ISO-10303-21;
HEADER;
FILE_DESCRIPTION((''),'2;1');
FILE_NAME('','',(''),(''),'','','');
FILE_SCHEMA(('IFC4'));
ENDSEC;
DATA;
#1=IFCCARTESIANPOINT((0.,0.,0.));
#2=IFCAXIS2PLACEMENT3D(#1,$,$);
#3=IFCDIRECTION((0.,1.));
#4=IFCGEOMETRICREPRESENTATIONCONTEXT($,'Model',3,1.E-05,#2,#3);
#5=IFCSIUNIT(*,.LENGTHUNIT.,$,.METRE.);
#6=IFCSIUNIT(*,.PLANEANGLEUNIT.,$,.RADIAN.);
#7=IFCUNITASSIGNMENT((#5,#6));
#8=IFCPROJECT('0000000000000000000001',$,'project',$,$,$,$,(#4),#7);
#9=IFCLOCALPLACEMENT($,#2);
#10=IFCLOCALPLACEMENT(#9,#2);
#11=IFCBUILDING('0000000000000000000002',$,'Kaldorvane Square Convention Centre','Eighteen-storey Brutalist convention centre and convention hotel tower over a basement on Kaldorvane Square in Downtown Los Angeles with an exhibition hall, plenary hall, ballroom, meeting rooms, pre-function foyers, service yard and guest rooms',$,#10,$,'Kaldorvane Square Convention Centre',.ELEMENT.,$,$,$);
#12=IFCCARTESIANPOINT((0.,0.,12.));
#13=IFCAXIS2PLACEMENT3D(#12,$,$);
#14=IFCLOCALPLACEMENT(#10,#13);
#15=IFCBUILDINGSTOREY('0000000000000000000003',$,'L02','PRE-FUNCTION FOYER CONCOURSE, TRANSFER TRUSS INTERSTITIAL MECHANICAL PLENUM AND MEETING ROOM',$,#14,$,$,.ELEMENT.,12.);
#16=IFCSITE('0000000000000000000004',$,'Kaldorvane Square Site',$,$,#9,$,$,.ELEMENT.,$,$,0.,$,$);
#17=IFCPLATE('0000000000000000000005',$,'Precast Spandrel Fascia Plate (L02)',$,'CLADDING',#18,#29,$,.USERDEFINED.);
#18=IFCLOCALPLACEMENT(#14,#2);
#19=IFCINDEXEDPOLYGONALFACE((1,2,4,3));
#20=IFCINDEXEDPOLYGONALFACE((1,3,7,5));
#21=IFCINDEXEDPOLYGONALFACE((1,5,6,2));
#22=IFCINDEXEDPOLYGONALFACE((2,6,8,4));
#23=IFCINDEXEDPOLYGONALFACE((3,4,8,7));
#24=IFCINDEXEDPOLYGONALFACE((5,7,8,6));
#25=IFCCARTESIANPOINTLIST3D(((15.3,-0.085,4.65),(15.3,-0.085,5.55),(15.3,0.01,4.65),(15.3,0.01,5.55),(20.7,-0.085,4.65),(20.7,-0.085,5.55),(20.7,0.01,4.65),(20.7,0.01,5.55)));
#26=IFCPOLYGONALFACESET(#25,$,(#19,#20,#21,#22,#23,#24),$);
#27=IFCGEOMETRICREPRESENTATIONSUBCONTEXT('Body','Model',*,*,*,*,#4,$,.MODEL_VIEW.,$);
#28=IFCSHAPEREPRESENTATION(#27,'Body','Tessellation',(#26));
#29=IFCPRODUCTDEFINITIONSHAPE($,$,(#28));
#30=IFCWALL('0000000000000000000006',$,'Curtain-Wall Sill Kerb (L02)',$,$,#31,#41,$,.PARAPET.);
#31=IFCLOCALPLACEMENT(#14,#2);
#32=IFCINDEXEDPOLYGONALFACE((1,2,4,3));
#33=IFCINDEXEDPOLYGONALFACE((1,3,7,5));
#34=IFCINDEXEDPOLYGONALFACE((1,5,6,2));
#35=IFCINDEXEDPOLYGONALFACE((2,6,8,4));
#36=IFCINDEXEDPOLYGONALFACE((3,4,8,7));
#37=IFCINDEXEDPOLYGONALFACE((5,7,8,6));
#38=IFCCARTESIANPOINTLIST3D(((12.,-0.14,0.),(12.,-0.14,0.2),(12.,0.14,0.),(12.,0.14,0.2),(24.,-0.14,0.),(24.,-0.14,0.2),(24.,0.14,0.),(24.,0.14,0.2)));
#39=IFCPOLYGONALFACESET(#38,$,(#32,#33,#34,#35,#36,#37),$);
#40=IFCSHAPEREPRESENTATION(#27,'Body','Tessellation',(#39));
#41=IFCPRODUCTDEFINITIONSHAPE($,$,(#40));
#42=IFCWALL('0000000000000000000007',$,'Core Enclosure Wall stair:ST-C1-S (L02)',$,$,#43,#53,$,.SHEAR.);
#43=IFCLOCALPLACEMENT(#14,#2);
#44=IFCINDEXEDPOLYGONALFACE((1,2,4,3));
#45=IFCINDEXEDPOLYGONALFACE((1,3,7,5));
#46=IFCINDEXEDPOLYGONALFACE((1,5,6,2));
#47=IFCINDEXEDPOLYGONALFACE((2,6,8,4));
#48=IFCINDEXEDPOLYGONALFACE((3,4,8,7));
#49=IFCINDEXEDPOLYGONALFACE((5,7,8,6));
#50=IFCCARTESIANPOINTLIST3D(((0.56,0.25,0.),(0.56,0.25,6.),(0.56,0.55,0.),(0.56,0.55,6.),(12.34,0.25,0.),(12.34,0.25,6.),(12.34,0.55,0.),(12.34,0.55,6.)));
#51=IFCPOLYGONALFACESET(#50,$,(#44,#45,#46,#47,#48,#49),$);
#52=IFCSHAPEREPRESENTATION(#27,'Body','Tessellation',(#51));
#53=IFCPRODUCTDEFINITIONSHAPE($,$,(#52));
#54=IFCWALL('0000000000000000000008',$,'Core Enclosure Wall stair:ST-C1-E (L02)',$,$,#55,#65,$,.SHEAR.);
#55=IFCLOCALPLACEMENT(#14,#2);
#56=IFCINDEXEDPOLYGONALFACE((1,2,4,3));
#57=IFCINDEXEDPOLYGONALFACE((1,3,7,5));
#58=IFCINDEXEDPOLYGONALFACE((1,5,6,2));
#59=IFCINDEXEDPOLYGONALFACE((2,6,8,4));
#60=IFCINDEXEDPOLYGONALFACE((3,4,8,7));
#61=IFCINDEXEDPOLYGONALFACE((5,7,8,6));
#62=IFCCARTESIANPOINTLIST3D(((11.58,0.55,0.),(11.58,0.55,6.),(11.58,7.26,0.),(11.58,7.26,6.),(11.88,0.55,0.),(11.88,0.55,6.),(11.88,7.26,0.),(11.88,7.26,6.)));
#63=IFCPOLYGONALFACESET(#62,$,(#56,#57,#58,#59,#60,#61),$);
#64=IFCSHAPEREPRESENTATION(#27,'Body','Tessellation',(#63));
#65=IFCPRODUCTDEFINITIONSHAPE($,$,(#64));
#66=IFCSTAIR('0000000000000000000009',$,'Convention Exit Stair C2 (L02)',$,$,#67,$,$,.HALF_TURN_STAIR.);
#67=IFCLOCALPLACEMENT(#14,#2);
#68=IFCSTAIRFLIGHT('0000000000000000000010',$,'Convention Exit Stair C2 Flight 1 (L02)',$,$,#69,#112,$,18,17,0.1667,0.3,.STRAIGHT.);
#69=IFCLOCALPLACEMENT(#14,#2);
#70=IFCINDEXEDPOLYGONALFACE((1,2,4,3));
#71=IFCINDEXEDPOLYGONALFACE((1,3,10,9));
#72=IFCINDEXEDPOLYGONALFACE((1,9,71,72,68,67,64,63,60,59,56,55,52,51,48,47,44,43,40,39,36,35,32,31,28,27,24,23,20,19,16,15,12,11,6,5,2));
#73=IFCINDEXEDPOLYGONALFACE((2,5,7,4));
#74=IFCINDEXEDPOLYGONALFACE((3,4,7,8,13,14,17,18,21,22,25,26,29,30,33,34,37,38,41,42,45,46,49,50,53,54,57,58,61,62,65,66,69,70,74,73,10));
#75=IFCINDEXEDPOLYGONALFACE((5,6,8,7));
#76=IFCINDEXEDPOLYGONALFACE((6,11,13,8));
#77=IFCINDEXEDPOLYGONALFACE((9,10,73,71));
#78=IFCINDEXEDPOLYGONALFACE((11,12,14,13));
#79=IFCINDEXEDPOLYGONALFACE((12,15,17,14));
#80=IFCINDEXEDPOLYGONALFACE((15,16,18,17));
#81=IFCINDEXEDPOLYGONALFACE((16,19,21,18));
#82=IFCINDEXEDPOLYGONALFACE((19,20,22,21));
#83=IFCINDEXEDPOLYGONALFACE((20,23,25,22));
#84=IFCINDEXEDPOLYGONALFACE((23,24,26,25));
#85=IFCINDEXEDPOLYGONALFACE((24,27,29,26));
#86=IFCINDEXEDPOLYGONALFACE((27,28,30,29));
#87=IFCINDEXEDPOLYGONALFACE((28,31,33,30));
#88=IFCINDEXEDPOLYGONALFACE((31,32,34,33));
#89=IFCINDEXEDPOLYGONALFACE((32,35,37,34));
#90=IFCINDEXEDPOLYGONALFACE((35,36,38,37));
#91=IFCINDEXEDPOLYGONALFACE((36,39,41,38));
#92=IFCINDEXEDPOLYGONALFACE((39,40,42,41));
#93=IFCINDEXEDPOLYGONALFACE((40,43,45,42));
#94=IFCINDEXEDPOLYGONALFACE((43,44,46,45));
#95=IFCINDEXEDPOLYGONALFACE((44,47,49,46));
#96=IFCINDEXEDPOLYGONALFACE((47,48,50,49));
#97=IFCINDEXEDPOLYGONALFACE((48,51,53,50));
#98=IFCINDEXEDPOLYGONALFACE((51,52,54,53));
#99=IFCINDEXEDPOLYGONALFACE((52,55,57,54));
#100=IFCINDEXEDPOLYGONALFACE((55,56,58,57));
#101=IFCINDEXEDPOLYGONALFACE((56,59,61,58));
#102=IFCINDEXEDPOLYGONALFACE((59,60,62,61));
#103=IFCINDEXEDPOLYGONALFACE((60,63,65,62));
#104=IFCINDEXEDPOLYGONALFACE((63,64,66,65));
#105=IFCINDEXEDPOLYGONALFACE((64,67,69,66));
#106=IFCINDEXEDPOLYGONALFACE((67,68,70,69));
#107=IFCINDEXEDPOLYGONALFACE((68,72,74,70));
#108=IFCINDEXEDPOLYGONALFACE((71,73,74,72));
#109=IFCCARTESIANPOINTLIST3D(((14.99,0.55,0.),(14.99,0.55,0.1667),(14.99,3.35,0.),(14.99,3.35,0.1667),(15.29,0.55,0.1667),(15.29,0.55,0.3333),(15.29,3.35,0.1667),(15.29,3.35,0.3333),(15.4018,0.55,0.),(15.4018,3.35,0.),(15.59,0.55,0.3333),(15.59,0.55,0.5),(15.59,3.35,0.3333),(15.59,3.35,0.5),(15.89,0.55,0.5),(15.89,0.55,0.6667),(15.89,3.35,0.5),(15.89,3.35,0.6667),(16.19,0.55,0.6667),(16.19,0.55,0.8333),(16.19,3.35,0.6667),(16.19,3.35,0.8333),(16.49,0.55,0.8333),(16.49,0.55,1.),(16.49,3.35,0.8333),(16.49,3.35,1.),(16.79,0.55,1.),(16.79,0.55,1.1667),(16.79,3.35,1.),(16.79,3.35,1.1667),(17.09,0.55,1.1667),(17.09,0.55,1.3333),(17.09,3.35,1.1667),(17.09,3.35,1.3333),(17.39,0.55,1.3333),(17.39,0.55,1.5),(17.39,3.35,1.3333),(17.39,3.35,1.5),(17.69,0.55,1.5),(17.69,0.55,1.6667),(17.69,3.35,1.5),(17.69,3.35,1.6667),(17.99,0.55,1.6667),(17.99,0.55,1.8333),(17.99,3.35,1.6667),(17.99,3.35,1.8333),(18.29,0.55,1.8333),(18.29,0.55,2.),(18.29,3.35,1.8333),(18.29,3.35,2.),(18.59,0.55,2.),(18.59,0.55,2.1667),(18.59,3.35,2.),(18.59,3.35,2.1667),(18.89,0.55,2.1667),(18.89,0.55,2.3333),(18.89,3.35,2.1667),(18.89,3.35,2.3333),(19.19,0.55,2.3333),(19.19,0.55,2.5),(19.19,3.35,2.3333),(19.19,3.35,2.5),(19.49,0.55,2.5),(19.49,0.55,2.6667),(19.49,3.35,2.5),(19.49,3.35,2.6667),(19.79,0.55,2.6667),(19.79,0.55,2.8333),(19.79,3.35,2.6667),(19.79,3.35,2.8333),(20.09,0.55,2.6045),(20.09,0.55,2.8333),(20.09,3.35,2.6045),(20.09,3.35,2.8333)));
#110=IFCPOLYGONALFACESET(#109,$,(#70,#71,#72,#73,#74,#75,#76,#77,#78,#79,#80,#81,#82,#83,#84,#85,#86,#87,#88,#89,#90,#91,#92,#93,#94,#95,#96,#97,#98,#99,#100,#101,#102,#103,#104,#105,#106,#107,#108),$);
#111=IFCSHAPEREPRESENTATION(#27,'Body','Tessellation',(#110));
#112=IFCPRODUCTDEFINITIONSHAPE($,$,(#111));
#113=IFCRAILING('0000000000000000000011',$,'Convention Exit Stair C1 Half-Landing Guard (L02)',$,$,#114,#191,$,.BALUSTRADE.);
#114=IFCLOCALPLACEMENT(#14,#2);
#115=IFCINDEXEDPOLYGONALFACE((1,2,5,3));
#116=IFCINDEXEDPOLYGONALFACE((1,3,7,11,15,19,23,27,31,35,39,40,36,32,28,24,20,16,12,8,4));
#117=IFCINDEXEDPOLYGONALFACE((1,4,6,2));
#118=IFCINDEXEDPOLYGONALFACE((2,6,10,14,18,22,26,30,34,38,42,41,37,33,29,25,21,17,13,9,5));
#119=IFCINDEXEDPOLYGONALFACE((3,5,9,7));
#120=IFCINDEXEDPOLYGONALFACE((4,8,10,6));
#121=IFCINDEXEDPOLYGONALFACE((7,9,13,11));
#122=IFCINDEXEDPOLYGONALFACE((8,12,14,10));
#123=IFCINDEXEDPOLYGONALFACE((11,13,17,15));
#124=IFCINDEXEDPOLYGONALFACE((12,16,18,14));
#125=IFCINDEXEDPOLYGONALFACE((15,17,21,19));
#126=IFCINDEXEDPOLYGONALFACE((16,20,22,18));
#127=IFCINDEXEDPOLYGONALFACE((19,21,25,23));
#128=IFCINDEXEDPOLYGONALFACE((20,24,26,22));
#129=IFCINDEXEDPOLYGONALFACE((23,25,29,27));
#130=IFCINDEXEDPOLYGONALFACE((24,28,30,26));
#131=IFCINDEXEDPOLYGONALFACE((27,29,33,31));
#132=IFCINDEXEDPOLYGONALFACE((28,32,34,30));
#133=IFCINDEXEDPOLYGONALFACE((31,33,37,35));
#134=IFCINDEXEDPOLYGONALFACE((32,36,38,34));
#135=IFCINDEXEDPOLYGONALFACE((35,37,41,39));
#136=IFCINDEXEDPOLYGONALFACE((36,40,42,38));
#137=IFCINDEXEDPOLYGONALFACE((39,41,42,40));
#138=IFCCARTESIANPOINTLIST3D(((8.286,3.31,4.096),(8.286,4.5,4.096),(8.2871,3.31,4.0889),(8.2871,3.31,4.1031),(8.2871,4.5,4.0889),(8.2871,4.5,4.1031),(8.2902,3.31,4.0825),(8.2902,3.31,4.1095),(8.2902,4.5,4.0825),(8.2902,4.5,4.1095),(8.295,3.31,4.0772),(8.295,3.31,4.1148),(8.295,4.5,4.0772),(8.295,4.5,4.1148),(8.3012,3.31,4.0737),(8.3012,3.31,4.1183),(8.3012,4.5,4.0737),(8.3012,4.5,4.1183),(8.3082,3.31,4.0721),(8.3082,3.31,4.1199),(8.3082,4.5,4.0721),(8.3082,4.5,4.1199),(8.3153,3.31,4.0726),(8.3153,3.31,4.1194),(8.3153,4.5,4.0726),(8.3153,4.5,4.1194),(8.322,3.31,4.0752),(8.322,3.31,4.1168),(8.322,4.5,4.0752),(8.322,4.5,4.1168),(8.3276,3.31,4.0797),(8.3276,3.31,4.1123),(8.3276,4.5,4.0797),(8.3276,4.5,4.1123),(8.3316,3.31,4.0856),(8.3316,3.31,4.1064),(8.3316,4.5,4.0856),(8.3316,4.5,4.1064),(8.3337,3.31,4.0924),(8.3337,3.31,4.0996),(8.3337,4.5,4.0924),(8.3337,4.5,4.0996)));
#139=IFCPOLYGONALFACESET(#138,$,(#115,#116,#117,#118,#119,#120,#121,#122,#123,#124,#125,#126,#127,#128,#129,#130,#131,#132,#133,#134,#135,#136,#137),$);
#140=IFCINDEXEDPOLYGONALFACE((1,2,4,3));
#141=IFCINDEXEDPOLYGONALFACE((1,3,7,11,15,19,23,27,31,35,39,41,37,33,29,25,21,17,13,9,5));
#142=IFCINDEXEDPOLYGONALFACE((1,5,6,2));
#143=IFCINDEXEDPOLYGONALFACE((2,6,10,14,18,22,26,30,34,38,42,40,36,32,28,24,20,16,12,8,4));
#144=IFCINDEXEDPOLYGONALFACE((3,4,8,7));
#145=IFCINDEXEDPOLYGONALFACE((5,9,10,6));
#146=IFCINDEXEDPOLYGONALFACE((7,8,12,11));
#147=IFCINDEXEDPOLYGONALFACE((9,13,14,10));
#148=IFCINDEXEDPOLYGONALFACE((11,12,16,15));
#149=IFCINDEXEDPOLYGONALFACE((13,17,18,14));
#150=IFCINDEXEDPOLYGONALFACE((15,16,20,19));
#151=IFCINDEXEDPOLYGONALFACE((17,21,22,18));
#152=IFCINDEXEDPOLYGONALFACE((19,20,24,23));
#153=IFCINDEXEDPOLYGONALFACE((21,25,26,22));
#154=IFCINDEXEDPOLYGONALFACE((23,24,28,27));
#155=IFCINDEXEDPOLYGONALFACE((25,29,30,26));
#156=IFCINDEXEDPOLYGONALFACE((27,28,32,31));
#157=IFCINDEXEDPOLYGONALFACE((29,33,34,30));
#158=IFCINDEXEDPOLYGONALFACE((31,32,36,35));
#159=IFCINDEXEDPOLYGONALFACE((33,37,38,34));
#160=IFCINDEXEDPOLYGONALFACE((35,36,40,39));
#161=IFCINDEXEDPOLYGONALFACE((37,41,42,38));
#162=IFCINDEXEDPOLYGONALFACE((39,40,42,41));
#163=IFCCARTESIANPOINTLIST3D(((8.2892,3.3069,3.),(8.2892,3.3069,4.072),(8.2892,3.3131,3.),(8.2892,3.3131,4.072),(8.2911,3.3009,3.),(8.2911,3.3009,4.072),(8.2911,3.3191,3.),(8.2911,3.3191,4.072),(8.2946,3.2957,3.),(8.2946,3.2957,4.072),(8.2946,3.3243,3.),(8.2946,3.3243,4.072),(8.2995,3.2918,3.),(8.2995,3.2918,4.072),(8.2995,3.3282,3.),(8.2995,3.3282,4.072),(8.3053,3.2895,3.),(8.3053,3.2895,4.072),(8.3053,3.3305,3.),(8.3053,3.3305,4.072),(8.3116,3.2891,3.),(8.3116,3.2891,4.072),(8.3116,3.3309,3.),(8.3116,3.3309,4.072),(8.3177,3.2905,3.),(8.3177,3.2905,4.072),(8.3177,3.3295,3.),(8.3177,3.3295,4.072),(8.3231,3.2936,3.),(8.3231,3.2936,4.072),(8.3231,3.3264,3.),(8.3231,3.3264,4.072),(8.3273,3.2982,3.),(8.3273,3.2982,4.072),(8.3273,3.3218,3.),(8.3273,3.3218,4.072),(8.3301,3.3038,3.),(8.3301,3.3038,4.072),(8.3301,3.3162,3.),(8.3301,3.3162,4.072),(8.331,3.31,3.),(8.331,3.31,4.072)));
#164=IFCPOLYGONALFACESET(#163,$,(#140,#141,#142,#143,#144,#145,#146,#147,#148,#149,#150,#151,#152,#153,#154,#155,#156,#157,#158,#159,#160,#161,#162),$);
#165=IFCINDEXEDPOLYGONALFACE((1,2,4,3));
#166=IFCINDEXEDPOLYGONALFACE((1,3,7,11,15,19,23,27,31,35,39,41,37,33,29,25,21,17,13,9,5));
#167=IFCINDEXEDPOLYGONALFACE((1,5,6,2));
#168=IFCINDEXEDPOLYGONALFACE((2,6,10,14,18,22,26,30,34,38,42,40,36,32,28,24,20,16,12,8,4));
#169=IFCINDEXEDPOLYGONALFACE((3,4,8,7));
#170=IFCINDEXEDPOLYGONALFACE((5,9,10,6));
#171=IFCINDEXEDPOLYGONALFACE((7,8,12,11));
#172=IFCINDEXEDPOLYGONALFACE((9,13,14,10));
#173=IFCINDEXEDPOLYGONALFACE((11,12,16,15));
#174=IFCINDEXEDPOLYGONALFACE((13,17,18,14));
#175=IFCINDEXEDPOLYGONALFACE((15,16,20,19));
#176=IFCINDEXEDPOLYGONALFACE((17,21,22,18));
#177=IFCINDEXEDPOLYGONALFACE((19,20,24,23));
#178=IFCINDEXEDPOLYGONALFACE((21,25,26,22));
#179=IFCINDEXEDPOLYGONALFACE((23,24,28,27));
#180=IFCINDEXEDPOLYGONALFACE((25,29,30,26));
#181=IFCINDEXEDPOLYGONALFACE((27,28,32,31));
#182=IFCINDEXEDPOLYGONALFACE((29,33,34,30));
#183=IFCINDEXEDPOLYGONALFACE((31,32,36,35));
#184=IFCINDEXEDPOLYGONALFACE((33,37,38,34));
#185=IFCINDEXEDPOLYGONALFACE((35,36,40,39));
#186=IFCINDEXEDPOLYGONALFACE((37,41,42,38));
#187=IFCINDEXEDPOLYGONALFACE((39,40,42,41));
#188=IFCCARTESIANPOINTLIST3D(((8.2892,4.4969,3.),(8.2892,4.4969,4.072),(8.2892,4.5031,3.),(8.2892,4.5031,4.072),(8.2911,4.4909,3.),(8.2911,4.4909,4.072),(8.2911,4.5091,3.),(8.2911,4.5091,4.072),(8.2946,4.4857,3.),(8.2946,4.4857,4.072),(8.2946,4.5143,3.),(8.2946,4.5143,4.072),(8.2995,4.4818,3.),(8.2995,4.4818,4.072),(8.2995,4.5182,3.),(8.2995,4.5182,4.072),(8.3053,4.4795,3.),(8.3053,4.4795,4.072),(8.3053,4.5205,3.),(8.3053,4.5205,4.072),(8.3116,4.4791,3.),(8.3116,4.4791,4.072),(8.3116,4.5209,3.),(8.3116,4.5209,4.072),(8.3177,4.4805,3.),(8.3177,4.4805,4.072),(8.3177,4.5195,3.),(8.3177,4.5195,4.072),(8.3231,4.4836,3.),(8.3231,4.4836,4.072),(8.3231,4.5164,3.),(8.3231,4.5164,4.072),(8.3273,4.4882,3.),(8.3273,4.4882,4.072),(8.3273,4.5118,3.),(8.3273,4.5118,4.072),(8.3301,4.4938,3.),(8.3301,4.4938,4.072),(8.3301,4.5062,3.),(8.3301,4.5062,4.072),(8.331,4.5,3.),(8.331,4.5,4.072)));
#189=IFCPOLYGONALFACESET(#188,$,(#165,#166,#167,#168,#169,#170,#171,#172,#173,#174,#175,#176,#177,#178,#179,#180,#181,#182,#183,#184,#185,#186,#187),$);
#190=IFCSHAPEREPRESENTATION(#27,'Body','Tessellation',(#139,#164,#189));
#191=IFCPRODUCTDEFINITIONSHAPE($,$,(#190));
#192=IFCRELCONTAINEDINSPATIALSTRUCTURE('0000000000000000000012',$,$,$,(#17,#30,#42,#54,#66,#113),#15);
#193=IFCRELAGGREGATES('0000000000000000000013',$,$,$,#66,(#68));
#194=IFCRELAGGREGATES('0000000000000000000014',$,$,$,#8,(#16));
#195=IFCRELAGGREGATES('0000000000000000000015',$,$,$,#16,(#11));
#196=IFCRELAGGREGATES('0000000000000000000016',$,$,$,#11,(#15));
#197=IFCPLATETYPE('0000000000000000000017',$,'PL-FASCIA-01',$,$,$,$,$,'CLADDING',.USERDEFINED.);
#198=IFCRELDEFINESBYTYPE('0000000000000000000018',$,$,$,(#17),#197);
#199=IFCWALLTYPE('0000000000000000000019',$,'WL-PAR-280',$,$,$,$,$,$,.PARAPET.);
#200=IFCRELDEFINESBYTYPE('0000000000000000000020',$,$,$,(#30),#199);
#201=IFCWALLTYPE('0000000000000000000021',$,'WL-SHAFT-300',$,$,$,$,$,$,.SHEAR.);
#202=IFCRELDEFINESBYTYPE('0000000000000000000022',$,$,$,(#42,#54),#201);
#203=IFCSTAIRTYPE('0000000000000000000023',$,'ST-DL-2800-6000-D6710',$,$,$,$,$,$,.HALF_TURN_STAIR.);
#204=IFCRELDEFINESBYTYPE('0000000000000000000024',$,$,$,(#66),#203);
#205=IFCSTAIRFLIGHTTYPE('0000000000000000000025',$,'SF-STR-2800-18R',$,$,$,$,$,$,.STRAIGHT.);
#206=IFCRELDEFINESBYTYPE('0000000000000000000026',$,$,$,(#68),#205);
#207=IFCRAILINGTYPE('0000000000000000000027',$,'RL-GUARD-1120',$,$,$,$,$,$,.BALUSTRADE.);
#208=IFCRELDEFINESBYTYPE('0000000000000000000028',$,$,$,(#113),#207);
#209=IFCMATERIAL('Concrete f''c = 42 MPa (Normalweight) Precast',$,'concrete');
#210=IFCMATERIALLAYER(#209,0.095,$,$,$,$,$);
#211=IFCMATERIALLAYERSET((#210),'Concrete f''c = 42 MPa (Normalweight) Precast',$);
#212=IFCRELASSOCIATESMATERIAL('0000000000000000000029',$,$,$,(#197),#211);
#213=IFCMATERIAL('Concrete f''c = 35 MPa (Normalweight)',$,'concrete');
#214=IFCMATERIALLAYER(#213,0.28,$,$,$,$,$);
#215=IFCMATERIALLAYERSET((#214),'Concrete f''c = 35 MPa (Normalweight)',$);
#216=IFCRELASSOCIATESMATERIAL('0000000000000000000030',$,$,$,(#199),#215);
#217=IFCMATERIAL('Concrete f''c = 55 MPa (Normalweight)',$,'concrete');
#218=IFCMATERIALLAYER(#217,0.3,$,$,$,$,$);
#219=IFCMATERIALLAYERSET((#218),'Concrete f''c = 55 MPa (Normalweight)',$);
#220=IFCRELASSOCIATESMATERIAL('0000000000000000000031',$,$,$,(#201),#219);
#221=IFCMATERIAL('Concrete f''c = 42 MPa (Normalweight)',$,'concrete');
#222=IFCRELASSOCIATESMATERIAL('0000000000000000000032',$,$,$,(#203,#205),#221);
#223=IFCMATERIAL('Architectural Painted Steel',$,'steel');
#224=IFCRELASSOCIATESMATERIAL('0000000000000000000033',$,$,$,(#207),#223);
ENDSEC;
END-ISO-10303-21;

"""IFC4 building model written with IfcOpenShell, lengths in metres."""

from ifc_helpers import new_model, si_unit, direction, frame, frame_2d, origin, origin_2d, place, context, subcontext, project, spatial, polyline, rectangle, circle, outline, extrude, material, layer, layer_set, type_object, element, aggregate, save


model = new_model("IFC4")

# Units and contexts
model_context = context("Model", 3, precision=1e-05, world=origin(), true_north=direction((0.0, 1.0)))
body_context = subcontext(model_context, "Body", "Model", "MODEL_VIEW")
ifc_project = project(units=[si_unit("LENGTHUNIT", "METRE"), si_unit("PLANEANGLEUNIT", "RADIAN")], contexts=[model_context])

# Site, building, storey
site_placement = place(None, origin())
site = spatial("IfcSite", under=ifc_project, at=site_placement, Name="Kaldorvane Square Site", CompositionType="ELEMENT", RefElevation=0.0)
building_placement = place(site_placement, origin())
building = spatial("IfcBuilding", under=site, at=building_placement, Name="Kaldorvane Square Convention Centre", Description="Eighteen-storey Brutalist convention centre and convention hotel tower over a basement on Kaldorvane Square in Downtown Los Angeles with an exhibition hall, plenary hall, ballroom, meeting rooms, pre-function foyers, service yard and guest rooms", LongName="Kaldorvane Square Convention Centre", CompositionType="ELEMENT")
storey_placement = place(building_placement, frame((0.0, 0.0, 12.0)))
storey = spatial("IfcBuildingStorey", under=building, at=storey_placement, Name="L02", Description="PRE-FUNCTION FOYER CONCOURSE, TRANSFER TRUSS INTERSTITIAL MECHANICAL PLENUM AND MEETING ROOM", CompositionType="ELEMENT", Elevation=12.0)

# Shared definitions
ifc_material_1 = material(Name="Concrete f'c = 55 MPa (Normalweight)", Category="concrete")

# Shared definitions
ifc_material_2 = material(Name="Concrete f'c = 42 MPa (Normalweight)", Category="concrete")

# Plate
ifc_material_3 = material(Name="Concrete f'c = 42 MPa (Normalweight) Precast", Category="concrete")
ifc_layer_1 = layer(ifc_material_3, 0.095)
ifc_layer_set_1 = layer_set([ifc_layer_1], Name="Concrete f'c = 42 MPa (Normalweight) Precast")
plate_type_1 = type_object("IfcPlateType", Name="PL-FASCIA-01", ElementType="CLADDING", PredefinedType="USERDEFINED", material=ifc_layer_set_1)
plate_1_placement = place(storey_placement, frame((18.0, -0.0375, 4.65), z_axis=(0.0, 0.0, 1.0), x_axis=(1.0, 0.0, 0.0)))
element("IfcPlate", 1, at=plate_1_placement, inside=storey, type_object=plate_type_1, Name="Precast Spandrel Fascia Plate (L02)", ObjectType="CLADDING", PredefinedType="USERDEFINED", context=body_context, shape_type="SweptSolid", body=[
    extrude(rectangle(XDim=5.4, YDim=0.095, at=origin_2d()), origin(), (0.0, 0.0, 1.0), 0.9),
])

# Walls
ifc_material_4 = material(Name="Concrete f'c = 35 MPa (Normalweight)", Category="concrete")
ifc_layer_2 = layer(ifc_material_4, 0.28)
ifc_layer_set_2 = layer_set([ifc_layer_2], Name="Concrete f'c = 35 MPa (Normalweight)")
wall_type_1 = type_object("IfcWallType", Name="WL-PAR-280", PredefinedType="PARAPET", material=ifc_layer_set_2)
wall_1_placement = place(storey_placement, frame((12.0, 0.0, 0.0), z_axis=(0.0, 0.0, 1.0), x_axis=(1.0, 0.0, 0.0)))
element("IfcWall", 2, at=wall_1_placement, inside=storey, type_object=wall_type_1, Name="Curtain-Wall Sill Kerb (L02)", PredefinedType="PARAPET", context=body_context, shape_type="SweptSolid", body=[
    extrude(rectangle(XDim=12.0, YDim=0.28, at=frame_2d((6.0, 0.0))), origin(), (0.0, 0.0, 1.0), 0.2),
])
ifc_layer_3 = layer(ifc_material_1, 0.3)
ifc_layer_set_3 = layer_set([ifc_layer_3], Name="Concrete f'c = 55 MPa (Normalweight)")
wall_type_2 = type_object("IfcWallType", Name="WL-SHAFT-300", PredefinedType="SHEAR", material=ifc_layer_set_3)
wall_2_placement = place(storey_placement, frame((12.34, 0.4, 0.0), z_axis=(0.0, 0.0, 1.0), x_axis=(-1.0, 0.0, 0.0)))
element("IfcWall", 3, at=wall_2_placement, inside=storey, type_object=wall_type_2, Name="Core Enclosure Wall stair:ST-C1-S (L02)", PredefinedType="SHEAR", context=body_context, shape_type="SweptSolid", body=[
    extrude(rectangle(XDim=11.78, YDim=0.3, at=frame_2d((5.89, 0.0))), origin(), (0.0, 0.0, 1.0), 6.0),
])
wall_3_placement = place(storey_placement, frame((11.73, 0.55, 0.0), z_axis=(0.0, 0.0, 1.0), x_axis=(0.0, 1.0, 0.0)))
element("IfcWall", 4, at=wall_3_placement, inside=storey, type_object=wall_type_2, Name="Core Enclosure Wall stair:ST-C1-E (L02)", PredefinedType="SHEAR", context=body_context, shape_type="SweptSolid", body=[
    extrude(rectangle(XDim=6.71, YDim=0.3, at=frame_2d((3.355, 0.0))), origin(), (0.0, 0.0, 1.0), 6.0),
])

# Stair, stair flight
stair_type = type_object("IfcStairType", Name="ST-DL-2800-6000-D6710", PredefinedType="HALF_TURN_STAIR", material=ifc_material_2)
stair_placement = place(storey_placement, origin())
stair = element("IfcStair", 5, at=stair_placement, inside=storey, type_object=stair_type, Name="Convention Exit Stair C2 (L02)", PredefinedType="HALF_TURN_STAIR")
stair_flight_type = type_object("IfcStairFlightType", Name="SF-STR-2800-18R", PredefinedType="STRAIGHT", material=ifc_material_2)
stair_flight_placement = place(storey_placement, frame((14.99, 1.95, 0.0), z_axis=(0.0, 0.0, 1.0), x_axis=(1.0, 0.0, 0.0)))
stair_flight = element("IfcStairFlight", 6, at=stair_flight_placement, type_object=stair_flight_type, Name="Convention Exit Stair C2 Flight 1 (L02)", NumberOfRisers=18, NumberOfTreads=17, PredefinedType="STRAIGHT", RiserHeight=0.1667, TreadLength=0.3, context=body_context, shape_type="SweptSolid", body=[
    extrude(outline(polyline([(0.0, 0.0), (0.0, 0.1667), (0.3, 0.1667), (0.3, 0.3333), (0.6, 0.3333), (0.6, 0.5), (0.9, 0.5), (0.9, 0.6667), (1.2, 0.6667), (1.2, 0.8333), (1.5, 0.8333), (1.5, 1.0), (1.8, 1.0), (1.8, 1.1667), (2.1, 1.1667), (2.1, 1.3333), (2.4, 1.3333), (2.4, 1.5), (2.7, 1.5), (2.7, 1.6667), (3.0, 1.6667), (3.0, 1.8333), (3.3, 1.8333), (3.3, 2.0), (3.6, 2.0), (3.6, 2.1667), (3.9, 2.1667), (3.9, 2.3333), (4.2, 2.3333), (4.2, 2.5), (4.5, 2.5), (4.5, 2.6667), (4.8, 2.6667), (4.8, 2.8333), (5.1, 2.8333), (5.1, 3.0), (5.1, 2.6045), (0.4118, 0.0), (0.0, 0.0)])), frame((0.0, 1.4, 0.0), z_axis=(0.0, -1.0, 0.0), x_axis=(1.0, 0.0, 0.0)), (0.0, 0.0, 1.0), 2.8),
])
aggregate(stair, [stair_flight])

# Railing
ifc_material_5 = material(Name="Architectural Painted Steel", Category="steel")
railing_type_1 = type_object("IfcRailingType", Name="RL-GUARD-1120", PredefinedType="BALUSTRADE", material=ifc_material_5)
for number, where, name in (
    (7, (8.31, 3.31, 3.0), "Convention Exit Stair C1 Half-Landing Guard (L02)"),
):
    element("IfcRailing", number, at=place(storey_placement, frame(where)), inside=storey, type_object=railing_type_1, Name=name, PredefinedType="BALUSTRADE", context=body_context, shape_type="SweptSolid", body=[
        extrude(circle(Radius=0.024, at=origin_2d()), frame((0.0, 0.0, 1.096), z_axis=(0.0, 1.0, 0.0), x_axis=(-1.0, 0.0, 0.0)), (0.0, 0.0, 1.0), 1.19),
        extrude(circle(Radius=0.021, at=origin_2d()), origin(), (0.0, 0.0, 1.0), 1.072),
        extrude(circle(Radius=0.021, at=origin_2d()), frame((0.0, 1.19, 0.0)), (0.0, 0.0, 1.0), 1.072),
    ])

save(model, "model.ifc")
